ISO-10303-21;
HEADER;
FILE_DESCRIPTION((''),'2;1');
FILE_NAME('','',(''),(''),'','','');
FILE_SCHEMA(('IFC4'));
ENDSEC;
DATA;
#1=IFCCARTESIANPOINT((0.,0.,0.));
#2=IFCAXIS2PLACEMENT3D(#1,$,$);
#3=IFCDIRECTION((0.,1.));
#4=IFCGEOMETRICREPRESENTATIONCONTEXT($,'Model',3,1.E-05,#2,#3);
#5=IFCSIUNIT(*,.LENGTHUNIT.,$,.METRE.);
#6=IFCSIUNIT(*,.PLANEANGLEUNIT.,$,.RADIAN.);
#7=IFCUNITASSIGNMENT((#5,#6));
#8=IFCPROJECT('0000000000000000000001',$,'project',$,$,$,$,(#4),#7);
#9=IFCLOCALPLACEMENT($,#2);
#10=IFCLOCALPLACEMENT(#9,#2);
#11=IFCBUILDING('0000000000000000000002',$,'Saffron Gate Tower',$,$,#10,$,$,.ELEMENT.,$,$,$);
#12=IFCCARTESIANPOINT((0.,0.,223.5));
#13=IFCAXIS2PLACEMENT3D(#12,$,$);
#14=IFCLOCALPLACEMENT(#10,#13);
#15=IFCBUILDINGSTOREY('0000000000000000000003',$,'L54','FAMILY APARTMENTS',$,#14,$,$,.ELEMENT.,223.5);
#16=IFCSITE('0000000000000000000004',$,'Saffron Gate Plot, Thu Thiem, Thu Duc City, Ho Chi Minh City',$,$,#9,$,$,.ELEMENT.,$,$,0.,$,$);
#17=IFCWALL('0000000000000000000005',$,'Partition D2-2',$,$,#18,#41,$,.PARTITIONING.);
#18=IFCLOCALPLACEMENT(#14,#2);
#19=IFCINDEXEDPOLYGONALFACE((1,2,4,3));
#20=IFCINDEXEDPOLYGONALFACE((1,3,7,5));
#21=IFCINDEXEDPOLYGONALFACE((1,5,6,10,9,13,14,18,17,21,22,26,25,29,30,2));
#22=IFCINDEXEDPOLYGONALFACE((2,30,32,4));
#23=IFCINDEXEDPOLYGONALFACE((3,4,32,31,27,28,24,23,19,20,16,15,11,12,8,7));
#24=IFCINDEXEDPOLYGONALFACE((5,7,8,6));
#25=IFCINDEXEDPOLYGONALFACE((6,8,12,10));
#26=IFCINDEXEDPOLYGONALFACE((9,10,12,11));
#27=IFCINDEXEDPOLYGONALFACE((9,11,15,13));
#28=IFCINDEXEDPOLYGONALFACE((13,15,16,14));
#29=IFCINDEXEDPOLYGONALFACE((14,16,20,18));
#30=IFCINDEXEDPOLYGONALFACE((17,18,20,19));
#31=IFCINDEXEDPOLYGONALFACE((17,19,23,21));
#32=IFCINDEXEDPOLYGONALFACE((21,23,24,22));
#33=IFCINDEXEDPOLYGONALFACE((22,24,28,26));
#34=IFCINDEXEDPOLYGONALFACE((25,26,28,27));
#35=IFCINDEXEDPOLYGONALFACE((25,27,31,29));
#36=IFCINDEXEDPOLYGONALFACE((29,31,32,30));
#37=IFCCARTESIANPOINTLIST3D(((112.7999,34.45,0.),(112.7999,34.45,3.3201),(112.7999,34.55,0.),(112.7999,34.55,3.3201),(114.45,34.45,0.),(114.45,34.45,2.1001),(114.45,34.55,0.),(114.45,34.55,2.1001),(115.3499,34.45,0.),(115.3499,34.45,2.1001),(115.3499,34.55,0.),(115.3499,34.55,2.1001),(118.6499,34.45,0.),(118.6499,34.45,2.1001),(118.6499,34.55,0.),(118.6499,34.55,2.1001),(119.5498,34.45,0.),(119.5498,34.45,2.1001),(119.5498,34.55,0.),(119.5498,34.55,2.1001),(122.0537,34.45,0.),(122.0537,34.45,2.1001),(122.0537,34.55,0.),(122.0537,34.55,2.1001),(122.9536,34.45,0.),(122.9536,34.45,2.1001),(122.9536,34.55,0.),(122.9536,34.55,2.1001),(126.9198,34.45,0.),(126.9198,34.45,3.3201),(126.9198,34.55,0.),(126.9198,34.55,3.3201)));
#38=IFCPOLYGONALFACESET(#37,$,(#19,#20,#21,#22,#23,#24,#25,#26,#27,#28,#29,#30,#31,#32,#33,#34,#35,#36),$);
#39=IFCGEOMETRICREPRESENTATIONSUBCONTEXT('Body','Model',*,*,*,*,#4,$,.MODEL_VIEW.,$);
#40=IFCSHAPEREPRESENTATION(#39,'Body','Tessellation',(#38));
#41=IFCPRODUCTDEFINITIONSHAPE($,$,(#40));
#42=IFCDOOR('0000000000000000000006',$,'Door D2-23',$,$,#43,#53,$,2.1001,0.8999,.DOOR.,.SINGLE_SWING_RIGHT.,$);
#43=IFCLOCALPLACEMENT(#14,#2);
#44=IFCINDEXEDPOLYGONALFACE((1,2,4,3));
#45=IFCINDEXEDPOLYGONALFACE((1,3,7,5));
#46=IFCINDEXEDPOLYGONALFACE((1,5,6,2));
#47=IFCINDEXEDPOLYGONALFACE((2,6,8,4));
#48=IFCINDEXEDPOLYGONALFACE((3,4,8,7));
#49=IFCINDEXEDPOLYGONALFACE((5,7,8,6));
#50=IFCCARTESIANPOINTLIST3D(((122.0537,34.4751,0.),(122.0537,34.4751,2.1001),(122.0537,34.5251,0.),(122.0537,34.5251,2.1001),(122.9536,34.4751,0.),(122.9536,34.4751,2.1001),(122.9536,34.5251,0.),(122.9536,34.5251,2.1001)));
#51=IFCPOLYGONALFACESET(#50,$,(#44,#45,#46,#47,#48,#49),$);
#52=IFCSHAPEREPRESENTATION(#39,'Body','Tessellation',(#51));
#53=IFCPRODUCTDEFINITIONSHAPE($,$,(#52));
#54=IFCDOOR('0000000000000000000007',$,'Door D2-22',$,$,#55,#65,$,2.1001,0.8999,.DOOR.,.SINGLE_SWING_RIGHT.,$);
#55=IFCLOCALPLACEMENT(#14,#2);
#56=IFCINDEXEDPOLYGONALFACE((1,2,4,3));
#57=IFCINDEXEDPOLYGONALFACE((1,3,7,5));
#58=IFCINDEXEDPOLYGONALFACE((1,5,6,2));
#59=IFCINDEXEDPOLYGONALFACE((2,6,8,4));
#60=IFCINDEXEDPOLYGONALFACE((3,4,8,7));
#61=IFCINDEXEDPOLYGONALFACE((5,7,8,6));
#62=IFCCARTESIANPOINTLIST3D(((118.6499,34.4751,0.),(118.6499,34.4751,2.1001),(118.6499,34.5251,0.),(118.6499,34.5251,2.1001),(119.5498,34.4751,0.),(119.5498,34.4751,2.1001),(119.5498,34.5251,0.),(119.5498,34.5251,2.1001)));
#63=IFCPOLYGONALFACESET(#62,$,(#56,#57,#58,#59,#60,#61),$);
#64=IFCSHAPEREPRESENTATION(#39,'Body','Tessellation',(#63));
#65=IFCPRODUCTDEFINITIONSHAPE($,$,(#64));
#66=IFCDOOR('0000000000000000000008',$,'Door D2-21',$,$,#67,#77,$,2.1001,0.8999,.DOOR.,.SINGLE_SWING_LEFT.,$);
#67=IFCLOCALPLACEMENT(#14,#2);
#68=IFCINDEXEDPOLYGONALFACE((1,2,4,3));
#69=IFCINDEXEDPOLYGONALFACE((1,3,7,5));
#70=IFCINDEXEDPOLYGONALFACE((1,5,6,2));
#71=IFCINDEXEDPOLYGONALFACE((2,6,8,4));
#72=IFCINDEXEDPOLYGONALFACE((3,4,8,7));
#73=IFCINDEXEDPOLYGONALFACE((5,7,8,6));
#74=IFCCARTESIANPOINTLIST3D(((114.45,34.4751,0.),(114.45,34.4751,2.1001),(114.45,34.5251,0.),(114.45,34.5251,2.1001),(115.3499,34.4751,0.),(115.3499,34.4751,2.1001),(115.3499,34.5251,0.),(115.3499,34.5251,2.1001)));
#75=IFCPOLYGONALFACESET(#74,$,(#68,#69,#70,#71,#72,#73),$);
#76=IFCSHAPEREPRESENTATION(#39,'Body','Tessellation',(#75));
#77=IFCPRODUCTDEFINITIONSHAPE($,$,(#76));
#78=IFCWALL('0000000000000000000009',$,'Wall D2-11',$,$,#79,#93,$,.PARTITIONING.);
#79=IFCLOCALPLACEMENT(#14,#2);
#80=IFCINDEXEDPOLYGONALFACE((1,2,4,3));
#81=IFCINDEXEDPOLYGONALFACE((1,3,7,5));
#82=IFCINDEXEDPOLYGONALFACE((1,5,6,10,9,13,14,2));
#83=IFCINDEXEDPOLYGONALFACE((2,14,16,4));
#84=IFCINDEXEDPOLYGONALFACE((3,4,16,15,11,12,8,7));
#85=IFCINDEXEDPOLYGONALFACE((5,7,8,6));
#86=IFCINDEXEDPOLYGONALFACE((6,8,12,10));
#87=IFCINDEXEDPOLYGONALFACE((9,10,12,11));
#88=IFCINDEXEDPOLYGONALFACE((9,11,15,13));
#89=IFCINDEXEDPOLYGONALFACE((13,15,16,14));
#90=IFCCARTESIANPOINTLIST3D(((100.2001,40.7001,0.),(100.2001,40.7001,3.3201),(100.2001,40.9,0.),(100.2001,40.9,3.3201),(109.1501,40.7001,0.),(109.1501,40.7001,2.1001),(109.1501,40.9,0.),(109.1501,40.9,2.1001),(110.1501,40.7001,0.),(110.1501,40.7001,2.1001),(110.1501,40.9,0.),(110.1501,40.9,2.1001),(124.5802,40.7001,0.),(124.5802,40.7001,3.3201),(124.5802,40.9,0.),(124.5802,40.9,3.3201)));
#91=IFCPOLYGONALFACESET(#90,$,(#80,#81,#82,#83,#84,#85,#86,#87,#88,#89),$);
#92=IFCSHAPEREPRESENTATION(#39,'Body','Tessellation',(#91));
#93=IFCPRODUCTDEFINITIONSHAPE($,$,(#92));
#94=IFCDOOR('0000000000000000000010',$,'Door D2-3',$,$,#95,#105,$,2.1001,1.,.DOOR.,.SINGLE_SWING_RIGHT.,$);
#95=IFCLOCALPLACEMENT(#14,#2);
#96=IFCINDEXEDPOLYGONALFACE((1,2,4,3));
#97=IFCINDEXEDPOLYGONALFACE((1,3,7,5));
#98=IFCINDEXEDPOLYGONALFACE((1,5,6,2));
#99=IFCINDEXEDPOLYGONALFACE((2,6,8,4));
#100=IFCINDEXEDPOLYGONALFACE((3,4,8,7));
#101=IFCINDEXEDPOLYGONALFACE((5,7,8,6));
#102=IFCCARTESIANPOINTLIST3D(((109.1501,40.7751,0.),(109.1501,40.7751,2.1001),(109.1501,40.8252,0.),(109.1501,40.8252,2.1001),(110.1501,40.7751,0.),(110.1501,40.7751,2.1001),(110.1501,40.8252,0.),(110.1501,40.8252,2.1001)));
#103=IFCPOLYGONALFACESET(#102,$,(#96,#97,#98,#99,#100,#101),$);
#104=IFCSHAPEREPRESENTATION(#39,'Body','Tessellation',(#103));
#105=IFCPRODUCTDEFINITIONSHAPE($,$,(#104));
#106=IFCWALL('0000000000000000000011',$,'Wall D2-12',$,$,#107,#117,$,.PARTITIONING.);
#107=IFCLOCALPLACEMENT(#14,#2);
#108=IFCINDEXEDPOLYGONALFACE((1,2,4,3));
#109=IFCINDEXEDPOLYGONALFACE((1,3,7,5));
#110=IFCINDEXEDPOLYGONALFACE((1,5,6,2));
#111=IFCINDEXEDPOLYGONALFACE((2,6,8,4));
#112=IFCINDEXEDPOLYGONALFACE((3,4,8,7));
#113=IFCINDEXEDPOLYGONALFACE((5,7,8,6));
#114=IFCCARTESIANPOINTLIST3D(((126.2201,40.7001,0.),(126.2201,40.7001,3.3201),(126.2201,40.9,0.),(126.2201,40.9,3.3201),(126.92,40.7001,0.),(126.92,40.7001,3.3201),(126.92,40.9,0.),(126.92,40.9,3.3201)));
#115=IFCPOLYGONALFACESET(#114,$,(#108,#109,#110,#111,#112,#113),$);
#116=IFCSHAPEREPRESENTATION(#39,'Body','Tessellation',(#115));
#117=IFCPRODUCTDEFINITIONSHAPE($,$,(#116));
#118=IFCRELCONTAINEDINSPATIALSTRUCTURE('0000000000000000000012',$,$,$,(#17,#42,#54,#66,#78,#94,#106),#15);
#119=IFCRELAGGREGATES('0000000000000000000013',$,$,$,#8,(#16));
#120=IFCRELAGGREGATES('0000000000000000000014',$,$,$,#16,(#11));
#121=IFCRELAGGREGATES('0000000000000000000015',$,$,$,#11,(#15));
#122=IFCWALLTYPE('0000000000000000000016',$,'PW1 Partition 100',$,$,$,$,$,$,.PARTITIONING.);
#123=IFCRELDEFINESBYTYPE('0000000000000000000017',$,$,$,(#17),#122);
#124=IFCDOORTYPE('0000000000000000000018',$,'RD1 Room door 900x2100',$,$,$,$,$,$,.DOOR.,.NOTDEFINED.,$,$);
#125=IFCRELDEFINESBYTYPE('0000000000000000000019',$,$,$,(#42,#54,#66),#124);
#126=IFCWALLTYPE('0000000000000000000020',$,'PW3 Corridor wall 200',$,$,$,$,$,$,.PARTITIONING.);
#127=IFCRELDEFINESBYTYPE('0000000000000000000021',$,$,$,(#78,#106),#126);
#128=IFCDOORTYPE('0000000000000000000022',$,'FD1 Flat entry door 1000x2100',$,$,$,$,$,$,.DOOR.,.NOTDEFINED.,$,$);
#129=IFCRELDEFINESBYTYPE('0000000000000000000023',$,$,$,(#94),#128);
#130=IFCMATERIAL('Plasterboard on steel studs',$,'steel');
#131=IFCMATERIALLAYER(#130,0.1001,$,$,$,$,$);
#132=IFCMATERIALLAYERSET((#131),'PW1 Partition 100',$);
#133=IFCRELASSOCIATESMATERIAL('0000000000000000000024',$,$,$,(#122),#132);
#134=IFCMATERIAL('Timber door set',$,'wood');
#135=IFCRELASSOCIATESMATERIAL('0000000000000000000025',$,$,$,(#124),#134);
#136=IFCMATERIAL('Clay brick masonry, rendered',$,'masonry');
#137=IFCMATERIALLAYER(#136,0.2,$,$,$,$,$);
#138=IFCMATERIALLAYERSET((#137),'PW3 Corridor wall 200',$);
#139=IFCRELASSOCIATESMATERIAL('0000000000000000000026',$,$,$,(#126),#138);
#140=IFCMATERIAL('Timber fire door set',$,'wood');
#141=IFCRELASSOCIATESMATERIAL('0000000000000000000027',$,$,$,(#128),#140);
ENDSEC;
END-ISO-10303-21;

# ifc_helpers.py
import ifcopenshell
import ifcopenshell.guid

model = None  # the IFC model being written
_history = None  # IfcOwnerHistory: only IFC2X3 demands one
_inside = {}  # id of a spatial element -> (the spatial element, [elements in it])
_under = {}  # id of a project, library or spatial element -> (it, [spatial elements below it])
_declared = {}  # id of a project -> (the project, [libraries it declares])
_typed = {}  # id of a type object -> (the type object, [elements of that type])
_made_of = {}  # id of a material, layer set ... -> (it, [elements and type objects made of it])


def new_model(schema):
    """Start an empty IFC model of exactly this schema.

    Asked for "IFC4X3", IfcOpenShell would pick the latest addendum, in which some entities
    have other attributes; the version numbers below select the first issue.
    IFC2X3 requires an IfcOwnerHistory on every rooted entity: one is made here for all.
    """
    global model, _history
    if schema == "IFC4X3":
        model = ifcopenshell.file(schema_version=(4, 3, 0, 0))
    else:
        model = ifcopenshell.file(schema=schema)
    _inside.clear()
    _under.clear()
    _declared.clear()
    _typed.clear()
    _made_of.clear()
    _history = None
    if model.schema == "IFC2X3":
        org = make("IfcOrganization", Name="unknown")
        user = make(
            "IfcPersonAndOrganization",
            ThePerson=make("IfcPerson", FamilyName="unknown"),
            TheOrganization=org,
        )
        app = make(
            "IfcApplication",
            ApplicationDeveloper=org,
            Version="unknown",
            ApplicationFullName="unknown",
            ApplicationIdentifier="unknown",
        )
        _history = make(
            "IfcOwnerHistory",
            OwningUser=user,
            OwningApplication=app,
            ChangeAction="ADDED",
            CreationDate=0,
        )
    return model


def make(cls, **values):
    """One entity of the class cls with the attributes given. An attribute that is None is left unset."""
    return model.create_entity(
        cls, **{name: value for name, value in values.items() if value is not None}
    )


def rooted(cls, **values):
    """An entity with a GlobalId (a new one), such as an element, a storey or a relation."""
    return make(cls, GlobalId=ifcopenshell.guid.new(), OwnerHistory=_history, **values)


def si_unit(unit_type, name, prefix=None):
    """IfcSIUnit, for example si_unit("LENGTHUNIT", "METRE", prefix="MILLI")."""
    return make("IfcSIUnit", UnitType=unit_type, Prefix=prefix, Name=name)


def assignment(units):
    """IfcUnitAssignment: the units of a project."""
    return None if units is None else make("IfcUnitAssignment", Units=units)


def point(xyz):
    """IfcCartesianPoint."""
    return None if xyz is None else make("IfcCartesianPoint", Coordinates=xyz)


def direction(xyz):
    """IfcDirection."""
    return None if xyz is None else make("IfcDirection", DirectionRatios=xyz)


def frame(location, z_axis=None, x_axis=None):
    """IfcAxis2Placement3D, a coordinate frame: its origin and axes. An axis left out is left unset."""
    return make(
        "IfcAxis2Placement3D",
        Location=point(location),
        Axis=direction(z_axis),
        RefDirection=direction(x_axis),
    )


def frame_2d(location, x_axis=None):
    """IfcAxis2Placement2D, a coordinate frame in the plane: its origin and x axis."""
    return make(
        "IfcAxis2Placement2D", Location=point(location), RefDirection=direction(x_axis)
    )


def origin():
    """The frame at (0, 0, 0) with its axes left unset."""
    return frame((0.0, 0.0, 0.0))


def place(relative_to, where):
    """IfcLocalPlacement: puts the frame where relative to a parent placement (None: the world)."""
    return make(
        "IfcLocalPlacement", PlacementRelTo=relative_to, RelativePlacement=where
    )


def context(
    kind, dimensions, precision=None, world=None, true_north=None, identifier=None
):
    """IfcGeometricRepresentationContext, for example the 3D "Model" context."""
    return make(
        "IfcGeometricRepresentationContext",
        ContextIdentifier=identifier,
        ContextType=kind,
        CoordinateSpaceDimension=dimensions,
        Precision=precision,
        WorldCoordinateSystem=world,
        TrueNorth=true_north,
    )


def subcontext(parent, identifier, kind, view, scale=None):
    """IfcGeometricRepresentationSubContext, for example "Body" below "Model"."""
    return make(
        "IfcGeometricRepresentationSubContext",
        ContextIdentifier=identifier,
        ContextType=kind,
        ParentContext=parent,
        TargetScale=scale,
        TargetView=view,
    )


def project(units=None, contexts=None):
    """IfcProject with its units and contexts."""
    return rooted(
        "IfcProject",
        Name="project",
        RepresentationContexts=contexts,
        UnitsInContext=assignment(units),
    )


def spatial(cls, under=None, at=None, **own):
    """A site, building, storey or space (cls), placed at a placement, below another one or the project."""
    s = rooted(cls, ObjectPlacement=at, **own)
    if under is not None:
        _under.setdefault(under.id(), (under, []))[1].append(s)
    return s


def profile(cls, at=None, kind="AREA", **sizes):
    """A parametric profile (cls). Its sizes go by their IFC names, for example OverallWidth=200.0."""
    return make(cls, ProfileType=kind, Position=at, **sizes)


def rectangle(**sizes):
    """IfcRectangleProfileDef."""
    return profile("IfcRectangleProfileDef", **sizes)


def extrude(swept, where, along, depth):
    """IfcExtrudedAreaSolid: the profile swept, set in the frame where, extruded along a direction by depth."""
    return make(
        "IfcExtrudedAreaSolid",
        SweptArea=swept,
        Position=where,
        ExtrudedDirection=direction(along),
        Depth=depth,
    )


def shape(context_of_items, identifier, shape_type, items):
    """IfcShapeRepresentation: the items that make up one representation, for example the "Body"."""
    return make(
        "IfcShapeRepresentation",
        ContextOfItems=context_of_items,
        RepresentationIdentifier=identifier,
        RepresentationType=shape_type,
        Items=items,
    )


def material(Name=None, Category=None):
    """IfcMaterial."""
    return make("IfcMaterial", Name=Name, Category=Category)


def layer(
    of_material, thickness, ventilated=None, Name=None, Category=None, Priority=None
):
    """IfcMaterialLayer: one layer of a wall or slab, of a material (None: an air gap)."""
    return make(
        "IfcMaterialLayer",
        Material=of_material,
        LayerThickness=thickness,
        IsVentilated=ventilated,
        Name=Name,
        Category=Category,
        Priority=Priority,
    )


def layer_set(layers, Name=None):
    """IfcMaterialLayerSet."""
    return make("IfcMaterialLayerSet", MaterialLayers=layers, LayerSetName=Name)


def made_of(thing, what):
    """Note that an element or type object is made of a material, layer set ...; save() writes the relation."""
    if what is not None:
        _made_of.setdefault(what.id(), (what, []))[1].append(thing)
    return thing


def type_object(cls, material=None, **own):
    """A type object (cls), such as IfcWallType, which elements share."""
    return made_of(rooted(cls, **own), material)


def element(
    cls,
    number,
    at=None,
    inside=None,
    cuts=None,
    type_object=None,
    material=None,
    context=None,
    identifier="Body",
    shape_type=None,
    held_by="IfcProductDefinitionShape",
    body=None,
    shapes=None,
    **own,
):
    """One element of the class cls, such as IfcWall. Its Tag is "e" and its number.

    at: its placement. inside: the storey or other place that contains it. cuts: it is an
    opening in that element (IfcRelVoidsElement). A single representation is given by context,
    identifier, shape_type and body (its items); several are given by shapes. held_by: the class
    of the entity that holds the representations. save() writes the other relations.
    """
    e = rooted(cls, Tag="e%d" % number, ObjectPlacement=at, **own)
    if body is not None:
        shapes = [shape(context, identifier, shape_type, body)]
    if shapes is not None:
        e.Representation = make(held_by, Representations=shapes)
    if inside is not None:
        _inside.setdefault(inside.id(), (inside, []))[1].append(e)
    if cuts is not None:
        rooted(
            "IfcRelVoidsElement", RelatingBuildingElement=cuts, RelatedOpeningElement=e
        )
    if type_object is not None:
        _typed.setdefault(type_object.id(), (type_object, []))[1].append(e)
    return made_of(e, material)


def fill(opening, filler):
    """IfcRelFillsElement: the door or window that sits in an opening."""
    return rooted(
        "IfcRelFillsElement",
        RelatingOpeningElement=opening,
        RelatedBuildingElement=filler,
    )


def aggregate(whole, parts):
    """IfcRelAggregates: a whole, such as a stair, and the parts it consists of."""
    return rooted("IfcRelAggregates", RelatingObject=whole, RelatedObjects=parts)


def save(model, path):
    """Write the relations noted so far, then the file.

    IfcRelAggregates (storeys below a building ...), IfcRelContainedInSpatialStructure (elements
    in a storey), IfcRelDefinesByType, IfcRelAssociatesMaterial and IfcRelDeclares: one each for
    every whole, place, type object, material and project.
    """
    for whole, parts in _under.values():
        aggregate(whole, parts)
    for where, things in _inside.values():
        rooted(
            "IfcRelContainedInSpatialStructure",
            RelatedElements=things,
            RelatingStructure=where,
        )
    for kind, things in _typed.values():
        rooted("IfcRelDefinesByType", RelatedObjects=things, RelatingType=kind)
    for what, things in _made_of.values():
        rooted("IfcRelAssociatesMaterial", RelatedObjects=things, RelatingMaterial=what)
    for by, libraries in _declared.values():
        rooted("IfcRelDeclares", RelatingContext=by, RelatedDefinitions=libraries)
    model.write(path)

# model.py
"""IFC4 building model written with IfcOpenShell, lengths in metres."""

from ifc_helpers import new_model, si_unit, direction, frame, frame_2d, origin, place, context, subcontext, project, spatial, rectangle, extrude, material, layer, layer_set, type_object, element, fill, save


model = new_model("IFC4")

# Units and contexts
model_context = context("Model", 3, precision=1e-05, world=origin(), true_north=direction((0.0, 1.0)))
body_context = subcontext(model_context, "Body", "Model", "MODEL_VIEW")
ifc_project = project(units=[si_unit("LENGTHUNIT", "METRE"), si_unit("PLANEANGLEUNIT", "RADIAN")], contexts=[model_context])

# Site, building, storey
site_placement = place(None, origin())
site = spatial("IfcSite", under=ifc_project, at=site_placement, Name="Saffron Gate Plot, Thu Thiem, Thu Duc City, Ho Chi Minh City", CompositionType="ELEMENT", RefElevation=0.0)
building_placement = place(site_placement, origin())
building = spatial("IfcBuilding", under=site, at=building_placement, Name="Saffron Gate Tower", CompositionType="ELEMENT")
storey_placement = place(building_placement, frame((0.0, 0.0, 223.5)))
storey = spatial("IfcBuildingStorey", under=building, at=storey_placement, Name="L54", Description="FAMILY APARTMENTS", CompositionType="ELEMENT", Elevation=223.5)

# Wall, openings, doors
ifc_material_1 = material(Name="Plasterboard on steel studs", Category="steel")
ifc_layer_1 = layer(ifc_material_1, 0.1001)
ifc_layer_set_1 = layer_set([ifc_layer_1], Name="PW1 Partition 100")
wall_type_1 = type_object("IfcWallType", Name="PW1 Partition 100", PredefinedType="PARTITIONING", material=ifc_layer_set_1)
wall_1_placement = place(storey_placement, frame((126.9199, 34.5, 0.0), z_axis=(0.0, 0.0, 1.0), x_axis=(-1.0, 0.0, 0.0)))
wall_1 = element("IfcWall", 1, at=wall_1_placement, inside=storey, type_object=wall_type_1, Name="Partition D2-2", PredefinedType="PARTITIONING", context=body_context, shape_type="SweptSolid", body=[
    extrude(rectangle(XDim=14.1199, YDim=0.1001, at=frame_2d((7.0601, 0.0))), origin(), (0.0, 0.0, 1.0), 3.3201),
])
opening_1_placement = place(wall_1_placement, frame((3.9663, 0.0, 0.0)))
opening_1 = element("IfcOpeningElement", 2, at=opening_1_placement, cuts=wall_1, PredefinedType="OPENING", context=body_context, shape_type="SweptSolid", body=[
    extrude(rectangle(XDim=0.8999, YDim=2.1001, at=frame_2d((0.45, 1.05))), frame((0.0, 0.0601, 0.0), z_axis=(0.0, -1.0, 0.0), x_axis=(1.0, 0.0, 0.0)), (0.0, 0.0, 1.0), 0.1201),
])
opening_2_placement = place(wall_1_placement, frame((7.3701, 0.0, 0.0)))
opening_2 = element("IfcOpeningElement", 3, at=opening_2_placement, cuts=wall_1, PredefinedType="OPENING", context=body_context, shape_type="SweptSolid", body=[
    extrude(rectangle(XDim=0.8999, YDim=2.1001, at=frame_2d((0.45, 1.05))), frame((0.0, 0.0601, 0.0), z_axis=(0.0, -1.0, 0.0), x_axis=(1.0, 0.0, 0.0)), (0.0, 0.0, 1.0), 0.1201),
])
opening_3_placement = place(wall_1_placement, frame((11.5701, 0.0, 0.0)))
opening_3 = element("IfcOpeningElement", 4, at=opening_3_placement, cuts=wall_1, PredefinedType="OPENING", context=body_context, shape_type="SweptSolid", body=[
    extrude(rectangle(XDim=0.8999, YDim=2.1001, at=frame_2d((0.45, 1.05))), frame((0.0, 0.0601, 0.0), z_axis=(0.0, -1.0, 0.0), x_axis=(1.0, 0.0, 0.0)), (0.0, 0.0, 1.0), 0.1201),
])
ifc_material_2 = material(Name="Timber door set", Category="wood")
door_type_1 = type_object("IfcDoorType", Name="RD1 Room door 900x2100", OperationType="NOTDEFINED", PredefinedType="DOOR", material=ifc_material_2)
door_1_placement = place(opening_1_placement, origin())
door_1 = element("IfcDoor", 5, at=door_1_placement, inside=storey, type_object=door_type_1, Name="Door D2-23", OperationType="SINGLE_SWING_RIGHT", OverallHeight=2.1001, OverallWidth=0.8999, PredefinedType="DOOR", context=body_context, shape_type="SweptSolid", body=[
    extrude(rectangle(XDim=0.8999, YDim=2.1001, at=frame_2d((0.45, 1.05))), frame((0.0, 0.0249, 0.0), z_axis=(0.0, -1.0, 0.0), x_axis=(1.0, 0.0, 0.0)), (0.0, 0.0, 1.0), 0.05),
])
fill(opening_1, door_1)
door_2_placement = place(opening_2_placement, origin())
door_2 = element("IfcDoor", 6, at=door_2_placement, inside=storey, type_object=door_type_1, Name="Door D2-22", OperationType="SINGLE_SWING_RIGHT", OverallHeight=2.1001, OverallWidth=0.8999, PredefinedType="DOOR", context=body_context, shape_type="SweptSolid", body=[
    extrude(rectangle(XDim=0.8999, YDim=2.1001, at=frame_2d((0.45, 1.05))), frame((0.0, 0.0249, 0.0), z_axis=(0.0, -1.0, 0.0), x_axis=(1.0, 0.0, 0.0)), (0.0, 0.0, 1.0), 0.05),
])
fill(opening_2, door_2)
door_3_placement = place(opening_3_placement, origin())
door_3 = element("IfcDoor", 7, at=door_3_placement, inside=storey, type_object=door_type_1, Name="Door D2-21", OperationType="SINGLE_SWING_LEFT", OverallHeight=2.1001, OverallWidth=0.8999, PredefinedType="DOOR", context=body_context, shape_type="SweptSolid", body=[
    extrude(rectangle(XDim=0.8999, YDim=2.1001, at=frame_2d((0.45, 1.05))), frame((0.0, 0.0249, 0.0), z_axis=(0.0, -1.0, 0.0), x_axis=(1.0, 0.0, 0.0)), (0.0, 0.0, 1.0), 0.05),
])
fill(opening_3, door_3)

# Wall, opening, door
ifc_material_3 = material(Name="Clay brick masonry, rendered", Category="masonry")
ifc_layer_2 = layer(ifc_material_3, 0.2)
ifc_layer_set_2 = layer_set([ifc_layer_2], Name="PW3 Corridor wall 200")
wall_type_2 = type_object("IfcWallType", Name="PW3 Corridor wall 200", PredefinedType="PARTITIONING", material=ifc_layer_set_2)
wall_2_placement = place(storey_placement, frame((124.5801, 40.8, 0.0), z_axis=(0.0, 0.0, 1.0), x_axis=(-1.0, 0.0, 0.0)))
wall_2 = element("IfcWall", 8, at=wall_2_placement, inside=storey, type_object=wall_type_2, Name="Wall D2-11", PredefinedType="PARTITIONING", context=body_context, shape_type="SweptSolid", body=[
    extrude(rectangle(XDim=24.3801, YDim=0.2, at=frame_2d((12.1899, 0.0))), origin(), (0.0, 0.0, 1.0), 3.3201),
])
opening_4_placement = place(wall_2_placement, frame((14.4299, 0.0, 0.0)))
opening_4 = element("IfcOpeningElement", 9, at=opening_4_placement, cuts=wall_2, PredefinedType="OPENING", context=body_context, shape_type="SweptSolid", body=[
    extrude(rectangle(XDim=1.0, YDim=2.1001, at=frame_2d((0.5, 1.05))), frame((0.0, 0.1099, 0.0), z_axis=(0.0, -1.0, 0.0), x_axis=(1.0, 0.0, 0.0)), (0.0, 0.0, 1.0), 0.22),
])
ifc_material_4 = material(Name="Timber fire door set", Category="wood")
door_type_2 = type_object("IfcDoorType", Name="FD1 Flat entry door 1000x2100", OperationType="NOTDEFINED", PredefinedType="DOOR", material=ifc_material_4)
door_4_placement = place(opening_4_placement, origin())
door_4 = element("IfcDoor", 10, at=door_4_placement, inside=storey, type_object=door_type_2, Name="Door D2-3", OperationType="SINGLE_SWING_RIGHT", OverallHeight=2.1001, OverallWidth=1.0, PredefinedType="DOOR", context=body_context, shape_type="SweptSolid", body=[
    extrude(rectangle(XDim=1.0, YDim=2.1001, at=frame_2d((0.5, 1.05))), frame((0.0, 0.0249, 0.0), z_axis=(0.0, -1.0, 0.0), x_axis=(1.0, 0.0, 0.0)), (0.0, 0.0, 1.0), 0.05),
])
fill(opening_4, door_4)

# Wall
wall_3_placement = place(storey_placement, frame((126.22, 40.8, 0.0), z_axis=(0.0, 0.0, 1.0), x_axis=(1.0, 0.0, 0.0)))
element("IfcWall", 11, at=wall_3_placement, inside=storey, type_object=wall_type_2, Name="Wall D2-12", PredefinedType="PARTITIONING", context=body_context, shape_type="SweptSolid", body=[
    extrude(rectangle(XDim=0.7, YDim=0.2, at=frame_2d((0.3501, 0.0))), origin(), (0.0, 0.0, 1.0), 3.3201),
])

save(model, "model.ifc")
